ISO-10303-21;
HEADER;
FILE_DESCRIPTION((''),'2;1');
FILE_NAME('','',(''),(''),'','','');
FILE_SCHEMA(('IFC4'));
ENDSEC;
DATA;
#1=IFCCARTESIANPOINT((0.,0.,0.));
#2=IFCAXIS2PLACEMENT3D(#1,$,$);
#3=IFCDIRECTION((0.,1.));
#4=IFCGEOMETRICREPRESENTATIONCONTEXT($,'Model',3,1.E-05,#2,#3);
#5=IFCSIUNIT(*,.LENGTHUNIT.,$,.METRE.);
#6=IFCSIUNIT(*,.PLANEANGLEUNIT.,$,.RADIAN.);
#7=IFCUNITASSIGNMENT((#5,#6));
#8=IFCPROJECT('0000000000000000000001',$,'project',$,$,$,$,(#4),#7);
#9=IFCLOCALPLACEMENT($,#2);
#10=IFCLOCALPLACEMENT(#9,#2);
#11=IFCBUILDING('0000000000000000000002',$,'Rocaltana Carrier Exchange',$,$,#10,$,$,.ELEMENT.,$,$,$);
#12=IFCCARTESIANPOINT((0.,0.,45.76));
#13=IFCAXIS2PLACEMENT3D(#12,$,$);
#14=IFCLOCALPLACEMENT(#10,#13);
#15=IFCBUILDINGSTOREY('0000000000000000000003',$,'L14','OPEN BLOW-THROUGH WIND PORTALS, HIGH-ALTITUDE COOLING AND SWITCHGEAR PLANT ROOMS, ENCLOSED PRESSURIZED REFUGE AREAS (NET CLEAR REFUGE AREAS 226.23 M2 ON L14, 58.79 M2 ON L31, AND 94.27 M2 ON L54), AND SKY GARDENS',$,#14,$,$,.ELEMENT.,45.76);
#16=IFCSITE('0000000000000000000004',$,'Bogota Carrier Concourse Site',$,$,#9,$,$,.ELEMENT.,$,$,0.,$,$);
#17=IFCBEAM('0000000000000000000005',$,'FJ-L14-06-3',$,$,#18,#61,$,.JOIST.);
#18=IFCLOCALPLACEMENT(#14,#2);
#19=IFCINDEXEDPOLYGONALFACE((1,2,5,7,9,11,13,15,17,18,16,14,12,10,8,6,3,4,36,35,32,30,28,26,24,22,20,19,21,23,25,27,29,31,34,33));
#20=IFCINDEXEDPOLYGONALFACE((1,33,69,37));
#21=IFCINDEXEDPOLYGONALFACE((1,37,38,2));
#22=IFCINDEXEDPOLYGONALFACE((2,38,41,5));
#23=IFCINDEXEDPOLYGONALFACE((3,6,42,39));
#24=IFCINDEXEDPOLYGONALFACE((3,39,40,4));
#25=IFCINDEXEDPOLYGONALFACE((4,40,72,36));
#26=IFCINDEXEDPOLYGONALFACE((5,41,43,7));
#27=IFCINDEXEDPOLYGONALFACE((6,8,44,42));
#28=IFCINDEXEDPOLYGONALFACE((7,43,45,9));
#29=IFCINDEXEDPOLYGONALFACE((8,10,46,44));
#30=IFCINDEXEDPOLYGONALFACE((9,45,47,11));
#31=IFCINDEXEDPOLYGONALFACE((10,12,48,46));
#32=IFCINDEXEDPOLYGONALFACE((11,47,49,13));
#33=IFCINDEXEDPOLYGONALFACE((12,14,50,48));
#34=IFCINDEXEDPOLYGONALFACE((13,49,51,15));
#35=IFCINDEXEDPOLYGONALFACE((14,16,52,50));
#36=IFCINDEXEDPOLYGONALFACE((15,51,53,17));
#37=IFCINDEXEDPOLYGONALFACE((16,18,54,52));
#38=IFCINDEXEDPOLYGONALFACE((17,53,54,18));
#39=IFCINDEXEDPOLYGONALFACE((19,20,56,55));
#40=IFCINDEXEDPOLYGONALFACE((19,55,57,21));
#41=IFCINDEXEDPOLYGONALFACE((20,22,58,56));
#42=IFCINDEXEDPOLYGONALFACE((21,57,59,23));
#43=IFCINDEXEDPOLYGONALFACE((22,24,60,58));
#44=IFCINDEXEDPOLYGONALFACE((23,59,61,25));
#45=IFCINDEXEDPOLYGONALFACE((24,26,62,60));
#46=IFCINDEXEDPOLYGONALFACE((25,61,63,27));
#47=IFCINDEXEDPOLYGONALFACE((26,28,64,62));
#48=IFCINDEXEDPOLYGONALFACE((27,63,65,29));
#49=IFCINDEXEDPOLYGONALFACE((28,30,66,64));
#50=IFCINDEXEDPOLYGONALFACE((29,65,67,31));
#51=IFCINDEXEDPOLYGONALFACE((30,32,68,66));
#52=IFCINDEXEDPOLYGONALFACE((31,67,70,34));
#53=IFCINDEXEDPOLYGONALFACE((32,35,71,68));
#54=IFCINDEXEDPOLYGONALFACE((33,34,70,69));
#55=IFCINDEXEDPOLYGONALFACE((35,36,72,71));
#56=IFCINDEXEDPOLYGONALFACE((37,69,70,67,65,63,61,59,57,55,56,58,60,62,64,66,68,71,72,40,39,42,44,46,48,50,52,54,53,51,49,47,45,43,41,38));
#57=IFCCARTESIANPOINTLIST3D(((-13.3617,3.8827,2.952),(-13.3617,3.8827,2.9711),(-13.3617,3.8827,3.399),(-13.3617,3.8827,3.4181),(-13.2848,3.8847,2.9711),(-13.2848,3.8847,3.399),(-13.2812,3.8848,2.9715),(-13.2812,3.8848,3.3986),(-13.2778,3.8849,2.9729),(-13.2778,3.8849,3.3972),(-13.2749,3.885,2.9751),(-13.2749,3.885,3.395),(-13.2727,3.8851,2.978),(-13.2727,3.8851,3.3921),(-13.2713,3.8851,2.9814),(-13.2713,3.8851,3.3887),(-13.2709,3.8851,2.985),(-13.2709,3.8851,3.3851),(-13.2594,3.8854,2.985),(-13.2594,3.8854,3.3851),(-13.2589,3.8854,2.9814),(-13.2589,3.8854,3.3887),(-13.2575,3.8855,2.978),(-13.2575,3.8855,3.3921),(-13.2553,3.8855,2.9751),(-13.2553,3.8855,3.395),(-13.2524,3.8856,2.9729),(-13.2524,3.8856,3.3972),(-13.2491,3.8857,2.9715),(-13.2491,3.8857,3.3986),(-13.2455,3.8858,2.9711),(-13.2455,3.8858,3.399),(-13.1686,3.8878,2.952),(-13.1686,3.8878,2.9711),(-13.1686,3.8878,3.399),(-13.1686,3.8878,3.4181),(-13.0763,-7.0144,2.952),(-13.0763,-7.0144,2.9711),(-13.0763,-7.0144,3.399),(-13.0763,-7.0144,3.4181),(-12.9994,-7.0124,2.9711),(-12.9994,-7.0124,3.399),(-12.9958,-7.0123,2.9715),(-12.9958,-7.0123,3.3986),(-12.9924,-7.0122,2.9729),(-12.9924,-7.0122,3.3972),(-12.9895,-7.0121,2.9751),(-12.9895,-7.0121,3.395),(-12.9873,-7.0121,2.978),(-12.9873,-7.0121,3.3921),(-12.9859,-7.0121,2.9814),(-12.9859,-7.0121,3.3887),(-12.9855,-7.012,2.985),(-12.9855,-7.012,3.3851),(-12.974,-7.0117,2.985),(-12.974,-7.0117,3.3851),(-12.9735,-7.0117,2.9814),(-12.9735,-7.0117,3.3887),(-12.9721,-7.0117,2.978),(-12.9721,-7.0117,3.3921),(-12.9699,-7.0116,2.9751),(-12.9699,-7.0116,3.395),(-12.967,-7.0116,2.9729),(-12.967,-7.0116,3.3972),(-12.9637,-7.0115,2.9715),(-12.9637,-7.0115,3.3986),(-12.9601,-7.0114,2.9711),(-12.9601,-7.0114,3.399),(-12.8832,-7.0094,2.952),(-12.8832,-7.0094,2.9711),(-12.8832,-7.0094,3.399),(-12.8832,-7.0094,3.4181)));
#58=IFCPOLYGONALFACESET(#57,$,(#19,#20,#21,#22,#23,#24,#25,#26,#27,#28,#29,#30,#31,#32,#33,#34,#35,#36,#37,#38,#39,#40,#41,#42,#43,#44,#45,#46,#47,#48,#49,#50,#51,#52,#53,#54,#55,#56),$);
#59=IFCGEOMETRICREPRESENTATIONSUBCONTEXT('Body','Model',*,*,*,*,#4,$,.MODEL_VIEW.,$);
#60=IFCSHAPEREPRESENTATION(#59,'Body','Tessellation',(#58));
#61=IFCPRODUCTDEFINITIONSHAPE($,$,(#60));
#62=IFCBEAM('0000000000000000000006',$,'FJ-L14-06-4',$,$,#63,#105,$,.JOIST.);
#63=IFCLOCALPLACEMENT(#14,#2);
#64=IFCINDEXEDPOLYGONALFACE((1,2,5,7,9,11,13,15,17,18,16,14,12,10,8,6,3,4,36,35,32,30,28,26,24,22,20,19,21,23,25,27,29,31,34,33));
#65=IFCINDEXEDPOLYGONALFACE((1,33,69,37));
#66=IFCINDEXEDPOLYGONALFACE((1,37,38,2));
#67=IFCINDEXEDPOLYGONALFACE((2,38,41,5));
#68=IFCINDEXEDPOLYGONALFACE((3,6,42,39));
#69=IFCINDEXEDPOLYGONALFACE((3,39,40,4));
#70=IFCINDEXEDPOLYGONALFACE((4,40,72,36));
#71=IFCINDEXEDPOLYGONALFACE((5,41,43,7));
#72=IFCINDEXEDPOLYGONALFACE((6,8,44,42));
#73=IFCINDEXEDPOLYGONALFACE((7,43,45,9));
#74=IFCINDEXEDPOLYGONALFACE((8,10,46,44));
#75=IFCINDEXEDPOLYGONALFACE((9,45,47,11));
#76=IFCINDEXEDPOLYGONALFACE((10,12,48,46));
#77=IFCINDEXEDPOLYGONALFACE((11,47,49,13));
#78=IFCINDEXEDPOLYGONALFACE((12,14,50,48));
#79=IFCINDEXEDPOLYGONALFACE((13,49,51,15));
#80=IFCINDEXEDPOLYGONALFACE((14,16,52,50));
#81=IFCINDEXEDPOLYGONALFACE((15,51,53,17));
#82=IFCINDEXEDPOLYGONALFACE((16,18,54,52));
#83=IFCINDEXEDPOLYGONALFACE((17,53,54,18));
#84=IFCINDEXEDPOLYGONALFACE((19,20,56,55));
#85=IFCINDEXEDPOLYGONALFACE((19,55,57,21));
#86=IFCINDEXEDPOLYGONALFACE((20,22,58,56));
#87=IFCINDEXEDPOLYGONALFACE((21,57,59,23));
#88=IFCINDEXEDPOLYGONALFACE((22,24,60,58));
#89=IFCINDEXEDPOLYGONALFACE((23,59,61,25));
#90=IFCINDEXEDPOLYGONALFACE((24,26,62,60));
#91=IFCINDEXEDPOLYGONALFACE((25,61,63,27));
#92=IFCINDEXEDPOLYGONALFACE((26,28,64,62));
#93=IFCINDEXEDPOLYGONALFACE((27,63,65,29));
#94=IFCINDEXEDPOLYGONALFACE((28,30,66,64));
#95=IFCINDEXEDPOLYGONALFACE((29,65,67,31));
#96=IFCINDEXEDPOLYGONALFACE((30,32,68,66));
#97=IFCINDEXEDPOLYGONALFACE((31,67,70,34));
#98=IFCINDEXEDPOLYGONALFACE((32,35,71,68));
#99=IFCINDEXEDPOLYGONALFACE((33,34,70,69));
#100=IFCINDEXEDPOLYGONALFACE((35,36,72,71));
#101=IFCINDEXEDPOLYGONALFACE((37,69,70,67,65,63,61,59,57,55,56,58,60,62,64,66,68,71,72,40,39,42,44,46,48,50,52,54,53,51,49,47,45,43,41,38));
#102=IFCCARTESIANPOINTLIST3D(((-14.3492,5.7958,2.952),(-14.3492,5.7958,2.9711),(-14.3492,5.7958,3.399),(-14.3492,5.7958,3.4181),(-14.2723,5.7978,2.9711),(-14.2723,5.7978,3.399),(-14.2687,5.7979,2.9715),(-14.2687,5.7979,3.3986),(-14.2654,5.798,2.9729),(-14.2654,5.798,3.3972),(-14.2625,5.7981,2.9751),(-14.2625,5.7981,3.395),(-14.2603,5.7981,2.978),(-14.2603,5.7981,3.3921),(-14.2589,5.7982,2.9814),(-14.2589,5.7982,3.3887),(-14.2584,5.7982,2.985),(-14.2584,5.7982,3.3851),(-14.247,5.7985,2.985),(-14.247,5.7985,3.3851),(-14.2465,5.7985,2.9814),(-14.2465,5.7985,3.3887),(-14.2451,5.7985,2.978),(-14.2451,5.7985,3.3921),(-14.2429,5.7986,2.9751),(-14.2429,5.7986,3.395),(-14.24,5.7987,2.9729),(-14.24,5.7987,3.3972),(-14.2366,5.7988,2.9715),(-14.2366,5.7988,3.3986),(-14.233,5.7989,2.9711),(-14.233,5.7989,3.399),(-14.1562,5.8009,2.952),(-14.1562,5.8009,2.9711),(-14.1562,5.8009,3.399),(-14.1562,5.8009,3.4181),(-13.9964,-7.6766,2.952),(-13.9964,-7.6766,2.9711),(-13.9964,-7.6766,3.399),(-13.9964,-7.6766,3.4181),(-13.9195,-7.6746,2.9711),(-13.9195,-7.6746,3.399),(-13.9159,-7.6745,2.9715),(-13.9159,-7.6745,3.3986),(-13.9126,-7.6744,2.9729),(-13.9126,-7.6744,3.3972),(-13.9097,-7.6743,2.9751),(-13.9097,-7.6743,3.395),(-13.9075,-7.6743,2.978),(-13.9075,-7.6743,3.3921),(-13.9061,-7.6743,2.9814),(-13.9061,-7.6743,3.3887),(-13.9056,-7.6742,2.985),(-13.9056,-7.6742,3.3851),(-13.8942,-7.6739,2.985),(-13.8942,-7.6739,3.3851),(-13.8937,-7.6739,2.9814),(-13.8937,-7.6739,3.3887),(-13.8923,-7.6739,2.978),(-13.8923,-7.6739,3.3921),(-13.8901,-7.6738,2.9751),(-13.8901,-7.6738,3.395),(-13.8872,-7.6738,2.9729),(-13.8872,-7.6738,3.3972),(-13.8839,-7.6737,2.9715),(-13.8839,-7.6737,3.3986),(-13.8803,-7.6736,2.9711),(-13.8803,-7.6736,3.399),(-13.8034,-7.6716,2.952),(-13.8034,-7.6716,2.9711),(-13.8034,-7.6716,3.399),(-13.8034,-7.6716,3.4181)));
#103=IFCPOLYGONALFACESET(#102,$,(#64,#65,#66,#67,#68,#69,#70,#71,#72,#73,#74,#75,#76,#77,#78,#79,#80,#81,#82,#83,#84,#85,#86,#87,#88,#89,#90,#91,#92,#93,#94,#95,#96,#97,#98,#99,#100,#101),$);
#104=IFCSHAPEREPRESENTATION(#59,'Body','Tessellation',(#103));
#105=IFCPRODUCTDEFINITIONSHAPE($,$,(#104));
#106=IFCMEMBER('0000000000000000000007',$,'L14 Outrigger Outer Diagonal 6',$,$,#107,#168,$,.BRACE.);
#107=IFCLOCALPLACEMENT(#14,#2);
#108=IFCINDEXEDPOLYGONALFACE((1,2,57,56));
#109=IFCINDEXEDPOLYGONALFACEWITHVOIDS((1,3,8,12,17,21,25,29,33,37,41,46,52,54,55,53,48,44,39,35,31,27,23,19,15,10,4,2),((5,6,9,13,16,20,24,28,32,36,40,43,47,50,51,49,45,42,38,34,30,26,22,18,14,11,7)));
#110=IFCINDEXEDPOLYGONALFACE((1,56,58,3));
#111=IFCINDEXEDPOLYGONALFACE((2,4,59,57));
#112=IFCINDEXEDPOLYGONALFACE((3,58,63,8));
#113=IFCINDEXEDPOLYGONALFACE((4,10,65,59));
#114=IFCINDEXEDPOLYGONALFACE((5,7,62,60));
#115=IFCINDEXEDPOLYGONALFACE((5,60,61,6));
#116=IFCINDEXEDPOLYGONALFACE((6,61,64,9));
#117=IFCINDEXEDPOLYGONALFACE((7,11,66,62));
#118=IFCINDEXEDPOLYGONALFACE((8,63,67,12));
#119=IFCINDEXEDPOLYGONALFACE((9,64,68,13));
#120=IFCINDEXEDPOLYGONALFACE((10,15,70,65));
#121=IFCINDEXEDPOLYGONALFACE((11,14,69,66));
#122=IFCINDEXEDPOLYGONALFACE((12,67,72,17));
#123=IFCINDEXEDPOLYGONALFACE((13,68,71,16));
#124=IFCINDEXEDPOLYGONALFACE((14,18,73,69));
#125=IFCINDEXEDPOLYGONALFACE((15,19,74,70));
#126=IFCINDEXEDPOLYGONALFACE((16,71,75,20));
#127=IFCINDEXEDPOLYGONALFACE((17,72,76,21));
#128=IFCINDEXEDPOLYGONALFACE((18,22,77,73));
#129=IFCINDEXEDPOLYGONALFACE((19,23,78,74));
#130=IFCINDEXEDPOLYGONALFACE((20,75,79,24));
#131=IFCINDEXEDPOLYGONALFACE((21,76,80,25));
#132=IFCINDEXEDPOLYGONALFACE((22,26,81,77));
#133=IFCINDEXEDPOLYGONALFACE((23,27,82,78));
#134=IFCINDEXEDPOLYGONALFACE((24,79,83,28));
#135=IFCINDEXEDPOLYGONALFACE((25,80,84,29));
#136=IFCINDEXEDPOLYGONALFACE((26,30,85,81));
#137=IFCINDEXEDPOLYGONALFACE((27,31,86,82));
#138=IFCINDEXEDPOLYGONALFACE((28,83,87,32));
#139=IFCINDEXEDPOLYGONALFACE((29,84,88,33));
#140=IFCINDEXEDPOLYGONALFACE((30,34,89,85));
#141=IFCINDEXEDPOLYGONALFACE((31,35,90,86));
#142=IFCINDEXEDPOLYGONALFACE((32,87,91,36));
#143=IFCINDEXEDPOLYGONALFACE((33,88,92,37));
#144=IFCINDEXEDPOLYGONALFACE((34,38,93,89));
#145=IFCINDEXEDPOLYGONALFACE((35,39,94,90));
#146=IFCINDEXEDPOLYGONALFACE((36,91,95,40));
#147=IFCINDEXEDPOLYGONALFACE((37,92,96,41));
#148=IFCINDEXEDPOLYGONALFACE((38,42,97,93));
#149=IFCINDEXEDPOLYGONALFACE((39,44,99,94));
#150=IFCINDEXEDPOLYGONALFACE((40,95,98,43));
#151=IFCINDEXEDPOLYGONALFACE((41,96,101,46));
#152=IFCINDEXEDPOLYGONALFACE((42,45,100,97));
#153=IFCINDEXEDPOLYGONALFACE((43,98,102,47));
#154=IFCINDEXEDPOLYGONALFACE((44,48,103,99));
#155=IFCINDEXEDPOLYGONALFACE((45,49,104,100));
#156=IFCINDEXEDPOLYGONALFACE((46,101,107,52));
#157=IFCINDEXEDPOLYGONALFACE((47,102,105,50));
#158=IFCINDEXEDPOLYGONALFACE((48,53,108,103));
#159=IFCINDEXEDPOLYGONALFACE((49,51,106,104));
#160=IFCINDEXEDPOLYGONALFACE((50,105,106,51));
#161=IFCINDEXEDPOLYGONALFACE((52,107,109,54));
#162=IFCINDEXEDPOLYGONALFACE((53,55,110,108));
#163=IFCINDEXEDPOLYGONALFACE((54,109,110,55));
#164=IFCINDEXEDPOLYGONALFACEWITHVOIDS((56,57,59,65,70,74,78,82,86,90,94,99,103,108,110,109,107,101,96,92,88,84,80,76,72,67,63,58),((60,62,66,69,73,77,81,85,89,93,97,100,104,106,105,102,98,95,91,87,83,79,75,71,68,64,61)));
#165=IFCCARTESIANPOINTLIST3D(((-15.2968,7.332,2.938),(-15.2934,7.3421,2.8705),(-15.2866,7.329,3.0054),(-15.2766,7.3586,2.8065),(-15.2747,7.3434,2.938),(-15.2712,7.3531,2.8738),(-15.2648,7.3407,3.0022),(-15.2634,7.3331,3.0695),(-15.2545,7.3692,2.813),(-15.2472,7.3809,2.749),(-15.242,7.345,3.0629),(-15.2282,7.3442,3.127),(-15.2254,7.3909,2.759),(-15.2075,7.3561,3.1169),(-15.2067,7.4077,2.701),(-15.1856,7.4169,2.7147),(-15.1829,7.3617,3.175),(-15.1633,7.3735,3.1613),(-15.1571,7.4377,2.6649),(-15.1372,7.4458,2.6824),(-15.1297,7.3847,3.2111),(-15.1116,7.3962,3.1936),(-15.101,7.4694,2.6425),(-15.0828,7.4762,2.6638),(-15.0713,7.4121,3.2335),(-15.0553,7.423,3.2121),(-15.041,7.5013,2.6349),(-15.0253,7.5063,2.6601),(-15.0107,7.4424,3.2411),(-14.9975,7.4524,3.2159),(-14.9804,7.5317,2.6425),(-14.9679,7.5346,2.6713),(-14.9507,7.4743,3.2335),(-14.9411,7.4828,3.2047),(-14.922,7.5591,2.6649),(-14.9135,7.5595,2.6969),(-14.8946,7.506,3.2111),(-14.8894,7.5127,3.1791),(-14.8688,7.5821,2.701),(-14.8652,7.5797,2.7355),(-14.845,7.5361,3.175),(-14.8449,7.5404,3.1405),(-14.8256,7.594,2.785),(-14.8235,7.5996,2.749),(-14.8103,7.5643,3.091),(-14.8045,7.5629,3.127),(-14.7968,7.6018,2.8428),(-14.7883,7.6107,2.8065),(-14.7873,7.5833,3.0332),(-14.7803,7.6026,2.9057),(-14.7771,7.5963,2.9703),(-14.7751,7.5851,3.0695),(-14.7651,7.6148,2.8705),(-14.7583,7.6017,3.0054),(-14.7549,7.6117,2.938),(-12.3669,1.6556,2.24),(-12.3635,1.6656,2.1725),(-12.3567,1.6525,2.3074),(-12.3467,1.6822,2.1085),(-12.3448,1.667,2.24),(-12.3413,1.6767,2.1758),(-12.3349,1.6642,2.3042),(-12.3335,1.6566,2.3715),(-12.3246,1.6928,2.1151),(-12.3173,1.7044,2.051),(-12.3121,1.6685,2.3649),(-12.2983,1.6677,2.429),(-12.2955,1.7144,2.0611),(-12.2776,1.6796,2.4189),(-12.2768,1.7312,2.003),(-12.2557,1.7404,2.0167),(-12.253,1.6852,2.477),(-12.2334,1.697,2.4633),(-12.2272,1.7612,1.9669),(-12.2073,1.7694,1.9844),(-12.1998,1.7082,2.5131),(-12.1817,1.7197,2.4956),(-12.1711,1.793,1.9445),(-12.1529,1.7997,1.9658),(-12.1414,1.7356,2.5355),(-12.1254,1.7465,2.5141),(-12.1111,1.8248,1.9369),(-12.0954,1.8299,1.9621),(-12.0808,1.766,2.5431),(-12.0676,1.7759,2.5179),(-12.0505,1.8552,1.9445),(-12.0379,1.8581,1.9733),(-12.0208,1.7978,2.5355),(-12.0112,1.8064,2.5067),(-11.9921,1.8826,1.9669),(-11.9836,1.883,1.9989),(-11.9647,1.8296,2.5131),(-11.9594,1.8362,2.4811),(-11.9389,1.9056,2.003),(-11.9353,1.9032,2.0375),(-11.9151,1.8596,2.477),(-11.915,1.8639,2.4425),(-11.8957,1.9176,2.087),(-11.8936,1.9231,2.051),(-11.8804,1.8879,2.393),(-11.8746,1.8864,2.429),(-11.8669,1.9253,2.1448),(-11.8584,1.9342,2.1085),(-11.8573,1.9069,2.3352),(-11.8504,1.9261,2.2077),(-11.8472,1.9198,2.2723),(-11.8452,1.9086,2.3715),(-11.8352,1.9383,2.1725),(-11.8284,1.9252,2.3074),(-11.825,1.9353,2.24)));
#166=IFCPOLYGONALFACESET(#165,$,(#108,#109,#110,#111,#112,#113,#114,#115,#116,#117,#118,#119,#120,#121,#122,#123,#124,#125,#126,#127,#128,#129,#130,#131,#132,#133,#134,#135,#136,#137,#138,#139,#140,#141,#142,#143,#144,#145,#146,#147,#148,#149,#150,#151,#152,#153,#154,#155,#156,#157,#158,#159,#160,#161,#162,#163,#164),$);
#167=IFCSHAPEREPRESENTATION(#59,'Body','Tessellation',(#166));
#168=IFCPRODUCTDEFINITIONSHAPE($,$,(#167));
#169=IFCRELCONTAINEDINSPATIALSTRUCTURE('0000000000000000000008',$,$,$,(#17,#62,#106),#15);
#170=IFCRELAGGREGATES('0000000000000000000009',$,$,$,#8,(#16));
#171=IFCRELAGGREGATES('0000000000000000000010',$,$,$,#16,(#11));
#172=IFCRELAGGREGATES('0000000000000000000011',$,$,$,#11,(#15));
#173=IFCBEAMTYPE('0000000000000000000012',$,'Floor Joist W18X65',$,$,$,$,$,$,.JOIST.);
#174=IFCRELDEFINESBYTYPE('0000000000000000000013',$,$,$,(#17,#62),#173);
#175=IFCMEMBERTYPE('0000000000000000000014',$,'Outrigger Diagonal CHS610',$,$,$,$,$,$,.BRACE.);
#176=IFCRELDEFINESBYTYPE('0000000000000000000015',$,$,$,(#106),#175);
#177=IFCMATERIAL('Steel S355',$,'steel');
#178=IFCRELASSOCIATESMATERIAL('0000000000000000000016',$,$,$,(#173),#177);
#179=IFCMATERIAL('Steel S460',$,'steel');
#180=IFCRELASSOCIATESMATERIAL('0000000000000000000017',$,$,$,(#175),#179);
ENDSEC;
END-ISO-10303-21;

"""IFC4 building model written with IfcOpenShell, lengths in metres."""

from ifc_helpers import new_model, si_unit, direction, frame, origin, origin_2d, place, context, subcontext, project, spatial, hollow_circle, i_section, extrude, material, material_profile, profile_set, type_object, element, save


model = new_model("IFC4")

# Units and contexts
model_context = context("Model", 3, precision=1e-05, world=origin(), true_north=direction((0.0, 1.0)))
body_context = subcontext(model_context, "Body", "Model", "MODEL_VIEW")
ifc_project = project(units=[si_unit("LENGTHUNIT", "METRE"), si_unit("PLANEANGLEUNIT", "RADIAN")], contexts=[model_context])

# Site, building, storey
site_placement = place(None, origin())
site = spatial("IfcSite", under=ifc_project, at=site_placement, Name="Bogota Carrier Concourse Site", CompositionType="ELEMENT", RefElevation=0.0)
building_placement = place(site_placement, origin())
building = spatial("IfcBuilding", under=site, at=building_placement, Name="Rocaltana Carrier Exchange", CompositionType="ELEMENT")
storey_placement = place(building_placement, frame((0.0, 0.0, 45.76)))
storey = spatial("IfcBuildingStorey", under=building, at=storey_placement, Name="L14", Description="OPEN BLOW-THROUGH WIND PORTALS, HIGH-ALTITUDE COOLING AND SWITCHGEAR PLANT ROOMS, ENCLOSED PRESSURIZED REFUGE AREAS (NET CLEAR REFUGE AREAS 226.23 M2 ON L14, 58.79 M2 ON L31, AND 94.27 M2 ON L54), AND SKY GARDENS", CompositionType="ELEMENT", Elevation=45.76)

# Beams
ifc_material_1 = material(Name="Steel S355", Category="steel")
ifc_material_profile_1 = material_profile(ifc_material_1, i_section(OverallWidth=0.1931, OverallDepth=0.4661, WebThickness=0.0115, FlangeThickness=0.019, FilletRadius=0.0139, at=origin_2d()), Name="W18X65")
ifc_profile_set_1 = profile_set([ifc_material_profile_1], Name="Steel S355")
beam_type_1 = type_object("IfcBeamType", Name="Floor Joist W18X65", PredefinedType="JOIST", material=ifc_profile_set_1)
beam_1_placement = place(storey_placement, frame((-13.2651, 3.8853, 3.1851), z_axis=(0.026181, -0.999657, 0.0), x_axis=(0.999657, 0.026181, 0.0)))
element("IfcBeam", 1, at=beam_1_placement, inside=storey, type_object=beam_type_1, Name="FJ-L14-06-3", PredefinedType="JOIST", context=body_context, shape_type="SweptSolid", body=[
    extrude(i_section(OverallWidth=0.1931, OverallDepth=0.4661, WebThickness=0.0115, FlangeThickness=0.019, FilletRadius=0.0139, at=origin_2d()), origin(), (0.0, 0.0, 1.0), 10.9009),
])
beam_2_placement = place(storey_placement, frame((-14.2527, 5.7983, 3.1851), z_axis=(0.026177, -0.999657, 0.0), x_axis=(0.999657, 0.026177, 0.0)))
element("IfcBeam", 2, at=beam_2_placement, inside=storey, type_object=beam_type_1, Name="FJ-L14-06-4", PredefinedType="JOIST", context=body_context, shape_type="SweptSolid", body=[
    extrude(i_section(OverallWidth=0.1931, OverallDepth=0.4661, WebThickness=0.0115, FlangeThickness=0.019, FilletRadius=0.0139, at=origin_2d()), origin(), (0.0, 0.0, 1.0), 13.4771),
])

# Member
ifc_material_2 = material(Name="Steel S460", Category="steel")
ifc_material_profile_2 = material_profile(ifc_material_2, hollow_circle(Radius=0.3049, WallThickness=0.0249, at=origin_2d()), Name="CHS610X25")
ifc_profile_set_2 = profile_set([ifc_material_profile_2], Name="Steel S460")
member_type_1 = type_object("IfcMemberType", Name="Outrigger Diagonal CHS610", PredefinedType="BRACE", material=ifc_profile_set_2)
member_1_placement = place(storey_placement, frame((-12.0959, 1.7954, 2.24), z_axis=(-0.455944, 0.883356, 0.10862), x_axis=(-0.888613, -0.458658, 0.0)))
element("IfcMember", 3, at=member_1_placement, inside=storey, type_object=member_type_1, Name="L14 Outrigger Outer Diagonal 6", PredefinedType="BRACE", context=body_context, shape_type="SweptSolid", body=[
    extrude(hollow_circle(Radius=0.3049, WallThickness=0.0249, at=origin_2d()), origin(), (0.0, 0.0, 1.0), 6.426),
])

save(model, "model.ifc")
